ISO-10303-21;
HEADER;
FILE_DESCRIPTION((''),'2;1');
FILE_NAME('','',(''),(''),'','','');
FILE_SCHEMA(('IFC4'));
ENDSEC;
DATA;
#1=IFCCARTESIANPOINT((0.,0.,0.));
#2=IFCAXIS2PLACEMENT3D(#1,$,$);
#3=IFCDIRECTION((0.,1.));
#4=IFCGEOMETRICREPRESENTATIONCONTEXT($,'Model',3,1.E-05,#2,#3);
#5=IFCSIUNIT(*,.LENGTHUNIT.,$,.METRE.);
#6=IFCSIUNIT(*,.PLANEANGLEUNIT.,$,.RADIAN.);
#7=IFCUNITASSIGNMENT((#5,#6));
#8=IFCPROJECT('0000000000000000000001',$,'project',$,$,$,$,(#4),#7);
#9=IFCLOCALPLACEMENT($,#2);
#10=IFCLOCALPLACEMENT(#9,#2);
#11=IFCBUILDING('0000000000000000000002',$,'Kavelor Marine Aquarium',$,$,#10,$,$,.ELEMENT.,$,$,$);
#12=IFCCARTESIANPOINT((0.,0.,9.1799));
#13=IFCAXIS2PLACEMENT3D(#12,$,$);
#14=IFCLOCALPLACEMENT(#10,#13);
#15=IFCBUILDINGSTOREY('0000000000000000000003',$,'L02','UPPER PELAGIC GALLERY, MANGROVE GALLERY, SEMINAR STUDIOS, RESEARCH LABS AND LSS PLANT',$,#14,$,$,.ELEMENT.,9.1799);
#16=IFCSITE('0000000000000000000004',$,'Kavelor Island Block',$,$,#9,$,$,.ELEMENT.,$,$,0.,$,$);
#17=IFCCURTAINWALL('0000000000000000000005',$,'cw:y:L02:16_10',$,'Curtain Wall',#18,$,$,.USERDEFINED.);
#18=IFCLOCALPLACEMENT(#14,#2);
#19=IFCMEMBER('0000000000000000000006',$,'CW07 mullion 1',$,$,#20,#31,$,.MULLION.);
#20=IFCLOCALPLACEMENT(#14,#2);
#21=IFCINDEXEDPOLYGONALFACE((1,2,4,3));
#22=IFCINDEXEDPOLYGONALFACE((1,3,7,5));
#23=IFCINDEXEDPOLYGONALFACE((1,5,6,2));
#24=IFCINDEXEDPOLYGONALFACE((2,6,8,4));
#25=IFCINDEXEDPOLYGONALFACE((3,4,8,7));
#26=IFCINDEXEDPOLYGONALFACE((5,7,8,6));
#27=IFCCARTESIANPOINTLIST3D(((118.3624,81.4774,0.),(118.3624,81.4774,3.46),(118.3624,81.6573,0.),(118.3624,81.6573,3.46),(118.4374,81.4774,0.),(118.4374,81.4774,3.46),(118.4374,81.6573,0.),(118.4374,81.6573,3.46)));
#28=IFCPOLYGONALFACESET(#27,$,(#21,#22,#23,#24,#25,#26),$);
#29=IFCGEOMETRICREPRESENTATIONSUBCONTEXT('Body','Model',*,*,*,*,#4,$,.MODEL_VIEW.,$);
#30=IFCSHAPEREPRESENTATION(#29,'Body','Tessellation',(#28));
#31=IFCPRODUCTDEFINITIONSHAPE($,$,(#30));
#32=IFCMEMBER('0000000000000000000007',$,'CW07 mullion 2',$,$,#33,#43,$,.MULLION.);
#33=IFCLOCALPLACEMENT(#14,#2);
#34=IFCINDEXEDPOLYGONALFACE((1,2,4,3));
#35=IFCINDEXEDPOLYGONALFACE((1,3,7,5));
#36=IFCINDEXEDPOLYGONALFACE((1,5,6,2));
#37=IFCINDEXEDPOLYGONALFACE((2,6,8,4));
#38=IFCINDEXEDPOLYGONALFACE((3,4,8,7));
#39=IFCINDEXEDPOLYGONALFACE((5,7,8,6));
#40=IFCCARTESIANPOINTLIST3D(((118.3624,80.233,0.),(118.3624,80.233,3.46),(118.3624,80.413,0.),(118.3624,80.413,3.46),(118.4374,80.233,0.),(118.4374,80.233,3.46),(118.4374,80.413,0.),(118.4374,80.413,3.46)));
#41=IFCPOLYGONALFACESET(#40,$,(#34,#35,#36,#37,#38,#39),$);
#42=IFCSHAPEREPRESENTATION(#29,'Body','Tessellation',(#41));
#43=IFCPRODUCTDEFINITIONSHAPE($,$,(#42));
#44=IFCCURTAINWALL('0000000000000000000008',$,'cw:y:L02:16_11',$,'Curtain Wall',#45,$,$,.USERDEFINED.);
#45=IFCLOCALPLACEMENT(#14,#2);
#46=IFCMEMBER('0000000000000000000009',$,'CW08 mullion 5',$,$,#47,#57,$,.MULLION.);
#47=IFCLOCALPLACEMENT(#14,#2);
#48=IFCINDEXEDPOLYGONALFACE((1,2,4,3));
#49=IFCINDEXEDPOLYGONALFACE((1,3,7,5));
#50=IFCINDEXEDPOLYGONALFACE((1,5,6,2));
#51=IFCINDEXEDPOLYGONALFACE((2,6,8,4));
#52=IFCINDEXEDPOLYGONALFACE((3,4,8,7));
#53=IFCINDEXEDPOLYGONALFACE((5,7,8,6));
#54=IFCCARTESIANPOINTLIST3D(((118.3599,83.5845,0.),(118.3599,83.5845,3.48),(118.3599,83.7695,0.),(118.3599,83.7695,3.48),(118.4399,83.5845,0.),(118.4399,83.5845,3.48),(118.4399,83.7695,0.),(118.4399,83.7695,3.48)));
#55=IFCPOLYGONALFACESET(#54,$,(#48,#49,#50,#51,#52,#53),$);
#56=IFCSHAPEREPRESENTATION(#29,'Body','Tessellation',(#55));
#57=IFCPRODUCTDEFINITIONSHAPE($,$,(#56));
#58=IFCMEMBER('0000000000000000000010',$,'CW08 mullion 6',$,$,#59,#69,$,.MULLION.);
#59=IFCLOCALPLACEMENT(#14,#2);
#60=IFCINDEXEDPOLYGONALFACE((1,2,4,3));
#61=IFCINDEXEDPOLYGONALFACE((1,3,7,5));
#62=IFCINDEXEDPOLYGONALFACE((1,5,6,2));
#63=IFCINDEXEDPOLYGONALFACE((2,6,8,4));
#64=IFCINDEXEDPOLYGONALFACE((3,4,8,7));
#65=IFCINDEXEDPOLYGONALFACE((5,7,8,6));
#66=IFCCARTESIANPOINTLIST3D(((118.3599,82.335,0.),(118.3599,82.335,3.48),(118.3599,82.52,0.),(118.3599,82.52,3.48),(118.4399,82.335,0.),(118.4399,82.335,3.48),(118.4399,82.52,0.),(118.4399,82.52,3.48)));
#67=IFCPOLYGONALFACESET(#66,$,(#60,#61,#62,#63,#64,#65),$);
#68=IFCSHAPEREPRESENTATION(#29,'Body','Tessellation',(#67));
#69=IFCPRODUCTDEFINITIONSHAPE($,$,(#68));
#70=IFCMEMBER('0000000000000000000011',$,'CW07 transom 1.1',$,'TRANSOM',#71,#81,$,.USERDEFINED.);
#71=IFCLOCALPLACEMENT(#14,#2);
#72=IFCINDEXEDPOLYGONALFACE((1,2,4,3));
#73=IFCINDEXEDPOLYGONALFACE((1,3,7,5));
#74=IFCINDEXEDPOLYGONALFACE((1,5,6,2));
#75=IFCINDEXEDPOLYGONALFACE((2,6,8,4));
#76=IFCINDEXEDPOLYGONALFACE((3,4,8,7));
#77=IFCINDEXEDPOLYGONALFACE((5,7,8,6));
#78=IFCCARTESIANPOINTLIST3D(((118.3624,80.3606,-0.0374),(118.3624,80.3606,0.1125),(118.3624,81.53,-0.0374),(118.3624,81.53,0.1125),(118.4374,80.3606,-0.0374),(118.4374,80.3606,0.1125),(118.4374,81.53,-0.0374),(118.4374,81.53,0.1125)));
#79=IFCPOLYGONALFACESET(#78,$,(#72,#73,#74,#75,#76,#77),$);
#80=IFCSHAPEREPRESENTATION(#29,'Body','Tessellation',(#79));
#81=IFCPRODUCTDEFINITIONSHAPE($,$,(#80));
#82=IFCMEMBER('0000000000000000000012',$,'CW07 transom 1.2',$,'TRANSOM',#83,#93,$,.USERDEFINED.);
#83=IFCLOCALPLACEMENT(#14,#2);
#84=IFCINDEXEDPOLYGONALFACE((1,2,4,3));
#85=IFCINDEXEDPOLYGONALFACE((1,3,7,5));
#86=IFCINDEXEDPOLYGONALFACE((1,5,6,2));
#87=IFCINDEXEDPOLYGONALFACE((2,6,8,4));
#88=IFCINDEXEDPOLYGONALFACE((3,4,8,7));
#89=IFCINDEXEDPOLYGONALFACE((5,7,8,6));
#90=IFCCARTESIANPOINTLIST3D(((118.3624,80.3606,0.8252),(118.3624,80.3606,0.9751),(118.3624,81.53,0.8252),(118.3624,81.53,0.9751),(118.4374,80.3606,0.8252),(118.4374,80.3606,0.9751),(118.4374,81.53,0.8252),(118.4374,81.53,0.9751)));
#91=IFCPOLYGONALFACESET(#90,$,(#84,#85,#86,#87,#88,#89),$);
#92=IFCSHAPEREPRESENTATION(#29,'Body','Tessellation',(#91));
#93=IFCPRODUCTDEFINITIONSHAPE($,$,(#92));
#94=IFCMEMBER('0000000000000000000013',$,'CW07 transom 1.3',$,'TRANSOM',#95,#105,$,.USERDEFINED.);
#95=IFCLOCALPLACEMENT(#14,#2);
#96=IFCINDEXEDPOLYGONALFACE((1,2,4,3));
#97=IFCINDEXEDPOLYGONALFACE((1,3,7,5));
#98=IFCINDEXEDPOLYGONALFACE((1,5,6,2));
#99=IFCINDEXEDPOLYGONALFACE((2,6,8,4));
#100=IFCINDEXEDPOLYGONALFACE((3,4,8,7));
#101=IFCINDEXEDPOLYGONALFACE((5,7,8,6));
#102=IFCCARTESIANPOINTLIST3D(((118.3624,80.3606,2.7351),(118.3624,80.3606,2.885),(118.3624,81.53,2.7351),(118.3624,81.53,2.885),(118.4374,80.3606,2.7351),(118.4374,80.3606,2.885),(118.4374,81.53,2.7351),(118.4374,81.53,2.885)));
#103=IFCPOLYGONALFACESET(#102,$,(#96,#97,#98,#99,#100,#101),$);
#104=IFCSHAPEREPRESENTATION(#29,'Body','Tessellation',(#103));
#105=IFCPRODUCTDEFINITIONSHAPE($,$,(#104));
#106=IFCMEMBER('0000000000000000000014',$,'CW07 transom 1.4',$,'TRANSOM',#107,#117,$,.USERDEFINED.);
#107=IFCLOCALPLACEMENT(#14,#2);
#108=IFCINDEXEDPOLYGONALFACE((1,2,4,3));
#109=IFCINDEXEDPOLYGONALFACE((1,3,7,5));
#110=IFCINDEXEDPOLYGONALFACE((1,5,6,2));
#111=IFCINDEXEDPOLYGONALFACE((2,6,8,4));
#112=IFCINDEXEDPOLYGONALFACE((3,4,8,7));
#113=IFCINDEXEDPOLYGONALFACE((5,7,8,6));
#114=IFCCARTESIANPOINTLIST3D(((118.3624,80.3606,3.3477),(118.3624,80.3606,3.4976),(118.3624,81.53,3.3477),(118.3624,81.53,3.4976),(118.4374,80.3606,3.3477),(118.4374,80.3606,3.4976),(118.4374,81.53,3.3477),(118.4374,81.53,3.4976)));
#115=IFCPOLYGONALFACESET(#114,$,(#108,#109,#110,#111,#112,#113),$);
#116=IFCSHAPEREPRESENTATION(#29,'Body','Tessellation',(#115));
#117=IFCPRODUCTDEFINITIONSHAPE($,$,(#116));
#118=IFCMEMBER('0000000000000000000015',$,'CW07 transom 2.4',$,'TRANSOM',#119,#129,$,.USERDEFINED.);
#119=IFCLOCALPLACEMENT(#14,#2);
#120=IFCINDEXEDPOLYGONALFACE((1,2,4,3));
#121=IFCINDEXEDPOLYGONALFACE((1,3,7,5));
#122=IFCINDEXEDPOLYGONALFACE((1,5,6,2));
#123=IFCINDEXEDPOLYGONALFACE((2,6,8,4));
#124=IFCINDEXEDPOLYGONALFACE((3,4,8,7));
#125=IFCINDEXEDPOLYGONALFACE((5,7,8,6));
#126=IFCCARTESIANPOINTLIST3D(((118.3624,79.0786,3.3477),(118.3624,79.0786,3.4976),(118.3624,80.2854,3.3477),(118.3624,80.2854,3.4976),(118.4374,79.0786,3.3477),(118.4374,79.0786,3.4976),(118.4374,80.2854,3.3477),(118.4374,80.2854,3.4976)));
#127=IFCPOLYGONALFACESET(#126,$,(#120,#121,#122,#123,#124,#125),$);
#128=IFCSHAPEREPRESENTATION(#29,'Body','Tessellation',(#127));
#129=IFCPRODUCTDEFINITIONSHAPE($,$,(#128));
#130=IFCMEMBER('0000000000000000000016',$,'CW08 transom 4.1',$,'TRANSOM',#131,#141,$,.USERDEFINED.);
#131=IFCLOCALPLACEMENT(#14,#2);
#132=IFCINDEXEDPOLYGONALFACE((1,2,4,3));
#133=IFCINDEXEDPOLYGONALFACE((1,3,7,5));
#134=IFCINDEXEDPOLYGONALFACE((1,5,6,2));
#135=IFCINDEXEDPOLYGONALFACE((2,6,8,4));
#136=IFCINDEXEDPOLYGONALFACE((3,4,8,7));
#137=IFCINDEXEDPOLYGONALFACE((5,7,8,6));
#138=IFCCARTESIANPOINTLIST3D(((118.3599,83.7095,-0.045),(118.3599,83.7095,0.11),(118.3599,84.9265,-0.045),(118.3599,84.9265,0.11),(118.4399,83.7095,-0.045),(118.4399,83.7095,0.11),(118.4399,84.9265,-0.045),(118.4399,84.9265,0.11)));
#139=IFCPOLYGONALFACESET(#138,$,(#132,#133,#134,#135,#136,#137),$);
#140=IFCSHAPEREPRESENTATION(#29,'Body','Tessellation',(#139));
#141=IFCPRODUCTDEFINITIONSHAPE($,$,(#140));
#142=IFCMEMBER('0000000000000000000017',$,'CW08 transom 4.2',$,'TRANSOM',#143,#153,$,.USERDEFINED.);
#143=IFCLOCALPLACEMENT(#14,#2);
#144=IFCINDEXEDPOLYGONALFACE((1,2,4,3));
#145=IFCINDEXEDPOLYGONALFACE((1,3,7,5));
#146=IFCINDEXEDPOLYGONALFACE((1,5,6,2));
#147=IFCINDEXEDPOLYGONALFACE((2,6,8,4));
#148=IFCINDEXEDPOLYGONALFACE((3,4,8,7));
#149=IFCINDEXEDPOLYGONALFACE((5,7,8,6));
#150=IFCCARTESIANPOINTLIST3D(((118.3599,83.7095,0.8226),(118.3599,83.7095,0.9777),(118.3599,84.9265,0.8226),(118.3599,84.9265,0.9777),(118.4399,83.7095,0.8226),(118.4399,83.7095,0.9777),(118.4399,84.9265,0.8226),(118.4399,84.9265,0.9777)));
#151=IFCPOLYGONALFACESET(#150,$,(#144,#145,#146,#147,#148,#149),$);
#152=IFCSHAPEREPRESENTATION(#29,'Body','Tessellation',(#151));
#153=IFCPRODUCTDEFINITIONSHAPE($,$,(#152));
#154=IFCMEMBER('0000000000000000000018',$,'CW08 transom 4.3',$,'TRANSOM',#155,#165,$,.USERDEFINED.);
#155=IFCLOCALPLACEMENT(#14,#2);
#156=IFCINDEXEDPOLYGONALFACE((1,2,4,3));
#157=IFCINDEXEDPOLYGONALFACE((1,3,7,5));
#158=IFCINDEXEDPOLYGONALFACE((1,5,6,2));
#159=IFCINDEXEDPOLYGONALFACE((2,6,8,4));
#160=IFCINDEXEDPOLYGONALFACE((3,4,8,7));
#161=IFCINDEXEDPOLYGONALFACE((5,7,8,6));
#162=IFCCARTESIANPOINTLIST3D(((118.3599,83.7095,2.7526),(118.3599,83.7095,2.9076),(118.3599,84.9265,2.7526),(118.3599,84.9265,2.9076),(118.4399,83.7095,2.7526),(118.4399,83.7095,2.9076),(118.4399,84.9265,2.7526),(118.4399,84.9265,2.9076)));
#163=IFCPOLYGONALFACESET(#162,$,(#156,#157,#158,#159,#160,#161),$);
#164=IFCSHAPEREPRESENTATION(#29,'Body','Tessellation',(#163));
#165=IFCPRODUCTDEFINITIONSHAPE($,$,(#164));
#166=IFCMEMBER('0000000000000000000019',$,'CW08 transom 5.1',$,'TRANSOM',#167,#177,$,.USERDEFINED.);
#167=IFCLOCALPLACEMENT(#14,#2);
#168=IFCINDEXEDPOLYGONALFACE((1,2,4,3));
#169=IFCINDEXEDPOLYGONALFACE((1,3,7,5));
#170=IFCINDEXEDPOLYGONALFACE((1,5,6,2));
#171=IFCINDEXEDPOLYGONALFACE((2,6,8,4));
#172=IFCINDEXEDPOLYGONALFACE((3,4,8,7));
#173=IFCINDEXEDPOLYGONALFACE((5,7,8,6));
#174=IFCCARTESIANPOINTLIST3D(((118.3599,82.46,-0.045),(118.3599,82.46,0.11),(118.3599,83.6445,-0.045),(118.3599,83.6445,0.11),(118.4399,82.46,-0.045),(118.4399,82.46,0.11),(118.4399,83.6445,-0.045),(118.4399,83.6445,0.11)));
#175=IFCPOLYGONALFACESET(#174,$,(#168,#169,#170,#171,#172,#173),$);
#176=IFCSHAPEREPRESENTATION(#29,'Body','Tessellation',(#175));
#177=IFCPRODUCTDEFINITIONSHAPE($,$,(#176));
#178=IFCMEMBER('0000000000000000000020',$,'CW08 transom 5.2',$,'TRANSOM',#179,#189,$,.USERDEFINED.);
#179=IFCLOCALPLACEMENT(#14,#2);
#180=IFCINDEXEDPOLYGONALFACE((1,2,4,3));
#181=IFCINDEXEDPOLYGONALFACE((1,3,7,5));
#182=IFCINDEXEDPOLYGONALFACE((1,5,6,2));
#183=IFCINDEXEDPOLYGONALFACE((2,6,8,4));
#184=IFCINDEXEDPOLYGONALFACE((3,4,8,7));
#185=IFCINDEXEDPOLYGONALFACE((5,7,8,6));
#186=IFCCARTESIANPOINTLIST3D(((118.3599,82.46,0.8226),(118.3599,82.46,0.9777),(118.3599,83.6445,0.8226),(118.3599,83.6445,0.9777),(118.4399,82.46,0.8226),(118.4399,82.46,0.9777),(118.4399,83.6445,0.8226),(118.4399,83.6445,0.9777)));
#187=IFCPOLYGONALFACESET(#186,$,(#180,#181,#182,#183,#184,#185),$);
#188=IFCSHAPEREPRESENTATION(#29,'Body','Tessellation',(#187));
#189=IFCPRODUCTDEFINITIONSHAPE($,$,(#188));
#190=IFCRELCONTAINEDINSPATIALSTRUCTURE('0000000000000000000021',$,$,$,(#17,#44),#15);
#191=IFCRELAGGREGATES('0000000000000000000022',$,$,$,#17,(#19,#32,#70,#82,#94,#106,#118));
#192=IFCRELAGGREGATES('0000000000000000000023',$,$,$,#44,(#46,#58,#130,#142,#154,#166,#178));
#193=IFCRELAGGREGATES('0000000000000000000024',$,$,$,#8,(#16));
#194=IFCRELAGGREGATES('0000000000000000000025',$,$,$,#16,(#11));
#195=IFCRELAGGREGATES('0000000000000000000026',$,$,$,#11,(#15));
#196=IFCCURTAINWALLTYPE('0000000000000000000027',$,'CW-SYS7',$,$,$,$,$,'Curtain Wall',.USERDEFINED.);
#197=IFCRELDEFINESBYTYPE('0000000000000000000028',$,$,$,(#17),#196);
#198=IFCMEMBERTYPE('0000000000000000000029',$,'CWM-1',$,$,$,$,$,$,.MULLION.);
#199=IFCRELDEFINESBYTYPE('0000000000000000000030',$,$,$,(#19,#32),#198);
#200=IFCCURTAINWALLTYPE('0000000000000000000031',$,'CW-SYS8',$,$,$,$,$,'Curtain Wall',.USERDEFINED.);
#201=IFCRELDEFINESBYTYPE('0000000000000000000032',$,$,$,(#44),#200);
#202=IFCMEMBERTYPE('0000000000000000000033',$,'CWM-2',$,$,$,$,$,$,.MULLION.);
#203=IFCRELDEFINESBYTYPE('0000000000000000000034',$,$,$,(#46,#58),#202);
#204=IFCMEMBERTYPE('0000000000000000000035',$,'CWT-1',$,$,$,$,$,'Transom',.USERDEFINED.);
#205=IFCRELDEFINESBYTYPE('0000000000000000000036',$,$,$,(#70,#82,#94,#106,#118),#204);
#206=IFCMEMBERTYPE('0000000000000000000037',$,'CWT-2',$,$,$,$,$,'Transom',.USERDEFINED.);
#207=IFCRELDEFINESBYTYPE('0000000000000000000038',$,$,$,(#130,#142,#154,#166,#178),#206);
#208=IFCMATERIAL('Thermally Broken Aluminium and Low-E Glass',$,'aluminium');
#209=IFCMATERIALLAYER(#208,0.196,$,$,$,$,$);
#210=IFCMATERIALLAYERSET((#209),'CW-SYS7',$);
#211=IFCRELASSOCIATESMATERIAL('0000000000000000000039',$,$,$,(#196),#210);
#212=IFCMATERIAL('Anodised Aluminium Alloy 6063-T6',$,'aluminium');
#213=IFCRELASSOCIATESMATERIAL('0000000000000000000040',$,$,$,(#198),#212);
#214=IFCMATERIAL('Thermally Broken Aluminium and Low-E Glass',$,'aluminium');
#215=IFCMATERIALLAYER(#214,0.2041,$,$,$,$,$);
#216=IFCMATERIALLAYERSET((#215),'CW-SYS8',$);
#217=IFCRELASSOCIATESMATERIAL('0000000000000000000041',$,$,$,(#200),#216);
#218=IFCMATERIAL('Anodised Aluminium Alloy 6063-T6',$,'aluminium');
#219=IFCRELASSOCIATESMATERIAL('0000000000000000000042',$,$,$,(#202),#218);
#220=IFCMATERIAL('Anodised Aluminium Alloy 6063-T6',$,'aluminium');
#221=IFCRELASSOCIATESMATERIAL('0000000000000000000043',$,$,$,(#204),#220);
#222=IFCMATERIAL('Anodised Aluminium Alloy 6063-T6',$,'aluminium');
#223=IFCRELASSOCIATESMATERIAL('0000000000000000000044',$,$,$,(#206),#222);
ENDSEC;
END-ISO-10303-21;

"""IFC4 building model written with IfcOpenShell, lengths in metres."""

from ifc_helpers import new_model, si_unit, direction, frame, origin, origin_2d, place, context, subcontext, project, spatial, rectangle, extrude, material, layer, layer_set, material_profile, profile_set, type_object, element, aggregate, save


model = new_model("IFC4")

# Units and contexts
model_context = context("Model", 3, precision=1e-05, world=origin(), true_north=direction((0.0, 1.0)))
body_context = subcontext(model_context, "Body", "Model", "MODEL_VIEW")
ifc_project = project(units=[si_unit("LENGTHUNIT", "METRE"), si_unit("PLANEANGLEUNIT", "RADIAN")], contexts=[model_context])

# Site, building, storey
site_placement = place(None, origin())
site = spatial("IfcSite", under=ifc_project, at=site_placement, Name="Kavelor Island Block", CompositionType="ELEMENT", RefElevation=0.0)
building_placement = place(site_placement, origin())
building = spatial("IfcBuilding", under=site, at=building_placement, Name="Kavelor Marine Aquarium", CompositionType="ELEMENT")
storey_placement = place(building_placement, frame((0.0, 0.0, 9.1799)))
storey = spatial("IfcBuildingStorey", under=building, at=storey_placement, Name="L02", Description="UPPER PELAGIC GALLERY, MANGROVE GALLERY, SEMINAR STUDIOS, RESEARCH LABS AND LSS PLANT", CompositionType="ELEMENT", Elevation=9.1799)

# Curtain walls, members
ifc_material_1 = material(Name="Thermally Broken Aluminium and Low-E Glass", Category="aluminium")
ifc_layer_1 = layer(ifc_material_1, 0.196)
ifc_layer_set_1 = layer_set([ifc_layer_1], Name="CW-SYS7")
curtain_wall_type_1 = type_object("IfcCurtainWallType", Name="CW-SYS7", ElementType="Curtain Wall", PredefinedType="USERDEFINED", material=ifc_layer_set_1)
curtain_wall_1_placement = place(storey_placement, origin())
curtain_wall_1 = element("IfcCurtainWall", 1, at=curtain_wall_1_placement, inside=storey, type_object=curtain_wall_type_1, Name="cw:y:L02:16_10", ObjectType="Curtain Wall", PredefinedType="USERDEFINED")
ifc_material_2 = material(Name="Anodised Aluminium Alloy 6063-T6", Category="aluminium")
ifc_material_profile_1 = material_profile(ifc_material_2, rectangle(XDim=0.075, YDim=0.1799, at=origin_2d()), Name="CW-MUL 75x180")
ifc_profile_set_1 = profile_set([ifc_material_profile_1], Name="Anodised Aluminium Alloy 6063-T6")
member_type_1 = type_object("IfcMemberType", Name="CWM-1", PredefinedType="MULLION", material=ifc_profile_set_1)
member_1_placement = place(storey_placement, frame((118.3999, 81.5674, 0.0), z_axis=(0.0, 0.0, 1.0), x_axis=(1.0, 0.0, 0.0)))
member_1 = element("IfcMember", 2, at=member_1_placement, type_object=member_type_1, Name="CW07 mullion 1", PredefinedType="MULLION", context=body_context, shape_type="SweptSolid", body=[
    extrude(rectangle(XDim=0.075, YDim=0.1799, at=origin_2d()), origin(), (0.0, 0.0, 1.0), 3.46),
])
member_2_placement = place(storey_placement, frame((118.3999, 80.323, 0.0), z_axis=(0.0, 0.0, 1.0), x_axis=(1.0, 0.0, 0.0)))
member_2 = element("IfcMember", 3, at=member_2_placement, type_object=member_type_1, Name="CW07 mullion 2", PredefinedType="MULLION", context=body_context, shape_type="SweptSolid", body=[
    extrude(rectangle(XDim=0.075, YDim=0.1799, at=origin_2d()), origin(), (0.0, 0.0, 1.0), 3.46),
])
ifc_material_3 = material(Name="Thermally Broken Aluminium and Low-E Glass", Category="aluminium")
ifc_layer_2 = layer(ifc_material_3, 0.2041)
ifc_layer_set_2 = layer_set([ifc_layer_2], Name="CW-SYS8")
curtain_wall_type_2 = type_object("IfcCurtainWallType", Name="CW-SYS8", ElementType="Curtain Wall", PredefinedType="USERDEFINED", material=ifc_layer_set_2)
curtain_wall_2_placement = place(storey_placement, origin())
curtain_wall_2 = element("IfcCurtainWall", 4, at=curtain_wall_2_placement, inside=storey, type_object=curtain_wall_type_2, Name="cw:y:L02:16_11", ObjectType="Curtain Wall", PredefinedType="USERDEFINED")
ifc_material_4 = material(Name="Anodised Aluminium Alloy 6063-T6", Category="aluminium")
ifc_material_profile_2 = material_profile(ifc_material_4, rectangle(XDim=0.0801, YDim=0.1851, at=origin_2d()), Name="CW-MUL 80x185")
ifc_profile_set_2 = profile_set([ifc_material_profile_2], Name="Anodised Aluminium Alloy 6063-T6")
member_type_2 = type_object("IfcMemberType", Name="CWM-2", PredefinedType="MULLION", material=ifc_profile_set_2)
member_3_placement = place(storey_placement, frame((118.3999, 83.677, 0.0), z_axis=(0.0, 0.0, 1.0), x_axis=(1.0, 0.0, 0.0)))
member_3 = element("IfcMember", 5, at=member_3_placement, type_object=member_type_2, Name="CW08 mullion 5", PredefinedType="MULLION", context=body_context, shape_type="SweptSolid", body=[
    extrude(rectangle(XDim=0.0801, YDim=0.1851, at=origin_2d()), origin(), (0.0, 0.0, 1.0), 3.48),
])
member_4_placement = place(storey_placement, frame((118.3999, 82.4275, 0.0), z_axis=(0.0, 0.0, 1.0), x_axis=(1.0, 0.0, 0.0)))
member_4 = element("IfcMember", 6, at=member_4_placement, type_object=member_type_2, Name="CW08 mullion 6", PredefinedType="MULLION", context=body_context, shape_type="SweptSolid", body=[
    extrude(rectangle(XDim=0.0801, YDim=0.1851, at=origin_2d()), origin(), (0.0, 0.0, 1.0), 3.48),
])

# Members
ifc_material_5 = material(Name="Anodised Aluminium Alloy 6063-T6", Category="aluminium")
ifc_material_profile_3 = material_profile(ifc_material_5, rectangle(XDim=0.075, YDim=0.1499, at=origin_2d()), Name="CW-TRN 75x150")
ifc_profile_set_3 = profile_set([ifc_material_profile_3], Name="Anodised Aluminium Alloy 6063-T6")
member_type_3 = type_object("IfcMemberType", Name="CWT-1", ElementType="Transom", PredefinedType="USERDEFINED", material=ifc_profile_set_3)
member_5_placement = place(storey_placement, frame((118.3999, 81.53, 0.0376), z_axis=(0.0, -1.0, 0.0), x_axis=(1.0, 0.0, 0.0)))
member_5 = element("IfcMember", 7, at=member_5_placement, type_object=member_type_3, Name="CW07 transom 1.1", ObjectType="TRANSOM", PredefinedType="USERDEFINED", context=body_context, shape_type="SweptSolid", body=[
    extrude(rectangle(XDim=0.075, YDim=0.1499, at=origin_2d()), origin(), (0.0, 0.0, 1.0), 1.1694),
])
member_6_placement = place(storey_placement, frame((118.3999, 81.53, 0.9001), z_axis=(0.0, -1.0, 0.0), x_axis=(1.0, 0.0, 0.0)))
member_6 = element("IfcMember", 8, at=member_6_placement, type_object=member_type_3, Name="CW07 transom 1.2", ObjectType="TRANSOM", PredefinedType="USERDEFINED", context=body_context, shape_type="SweptSolid", body=[
    extrude(rectangle(XDim=0.075, YDim=0.1499, at=origin_2d()), origin(), (0.0, 0.0, 1.0), 1.1694),
])
member_7_placement = place(storey_placement, frame((118.3999, 81.53, 2.8101), z_axis=(0.0, -1.0, 0.0), x_axis=(1.0, 0.0, 0.0)))
member_7 = element("IfcMember", 9, at=member_7_placement, type_object=member_type_3, Name="CW07 transom 1.3", ObjectType="TRANSOM", PredefinedType="USERDEFINED", context=body_context, shape_type="SweptSolid", body=[
    extrude(rectangle(XDim=0.075, YDim=0.1499, at=origin_2d()), origin(), (0.0, 0.0, 1.0), 1.1694),
])
member_8_placement = place(storey_placement, frame((118.3999, 81.53, 3.4226), z_axis=(0.0, -1.0, 0.0), x_axis=(1.0, 0.0, 0.0)))
member_8 = element("IfcMember", 10, at=member_8_placement, type_object=member_type_3, Name="CW07 transom 1.4", ObjectType="TRANSOM", PredefinedType="USERDEFINED", context=body_context, shape_type="SweptSolid", body=[
    extrude(rectangle(XDim=0.075, YDim=0.1499, at=origin_2d()), origin(), (0.0, 0.0, 1.0), 1.1694),
])
member_9_placement = place(storey_placement, frame((118.3999, 80.2854, 3.4226), z_axis=(0.0, -1.0, 0.0), x_axis=(1.0, 0.0, 0.0)))
member_9 = element("IfcMember", 11, at=member_9_placement, type_object=member_type_3, Name="CW07 transom 2.4", ObjectType="TRANSOM", PredefinedType="USERDEFINED", context=body_context, shape_type="SweptSolid", body=[
    extrude(rectangle(XDim=0.075, YDim=0.1499, at=origin_2d()), origin(), (0.0, 0.0, 1.0), 1.2068),
])
ifc_material_6 = material(Name="Anodised Aluminium Alloy 6063-T6", Category="aluminium")
ifc_material_profile_4 = material_profile(ifc_material_6, rectangle(XDim=0.0801, YDim=0.155, at=origin_2d()), Name="CW-TRN 80x155")
ifc_profile_set_4 = profile_set([ifc_material_profile_4], Name="Anodised Aluminium Alloy 6063-T6")
member_type_4 = type_object("IfcMemberType", Name="CWT-2", ElementType="Transom", PredefinedType="USERDEFINED", material=ifc_profile_set_4)
member_10_placement = place(storey_placement, frame((118.3999, 84.9265, 0.0325), z_axis=(0.0, -1.0, 0.0), x_axis=(1.0, 0.0, 0.0)))
member_10 = element("IfcMember", 12, at=member_10_placement, type_object=member_type_4, Name="CW08 transom 4.1", ObjectType="TRANSOM", PredefinedType="USERDEFINED", context=body_context, shape_type="SweptSolid", body=[
    extrude(rectangle(XDim=0.0801, YDim=0.155, at=origin_2d()), origin(), (0.0, 0.0, 1.0), 1.217),
])
member_11_placement = place(storey_placement, frame((118.3999, 84.9265, 0.9001), z_axis=(0.0, -1.0, 0.0), x_axis=(1.0, 0.0, 0.0)))
member_11 = element("IfcMember", 13, at=member_11_placement, type_object=member_type_4, Name="CW08 transom 4.2", ObjectType="TRANSOM", PredefinedType="USERDEFINED", context=body_context, shape_type="SweptSolid", body=[
    extrude(rectangle(XDim=0.0801, YDim=0.155, at=origin_2d()), origin(), (0.0, 0.0, 1.0), 1.217),
])
member_12_placement = place(storey_placement, frame((118.3999, 84.9265, 2.8301), z_axis=(0.0, -1.0, 0.0), x_axis=(1.0, 0.0, 0.0)))
member_12 = element("IfcMember", 14, at=member_12_placement, type_object=member_type_4, Name="CW08 transom 4.3", ObjectType="TRANSOM", PredefinedType="USERDEFINED", context=body_context, shape_type="SweptSolid", body=[
    extrude(rectangle(XDim=0.0801, YDim=0.155, at=origin_2d()), origin(), (0.0, 0.0, 1.0), 1.217),
])
member_13_placement = place(storey_placement, frame((118.3999, 83.6445, 0.0325), z_axis=(0.0, -1.0, 0.0), x_axis=(1.0, 0.0, 0.0)))
member_13 = element("IfcMember", 15, at=member_13_placement, type_object=member_type_4, Name="CW08 transom 5.1", ObjectType="TRANSOM", PredefinedType="USERDEFINED", context=body_context, shape_type="SweptSolid", body=[
    extrude(rectangle(XDim=0.0801, YDim=0.155, at=origin_2d()), origin(), (0.0, 0.0, 1.0), 1.1846),
])
member_14_placement = place(storey_placement, frame((118.3999, 83.6445, 0.9001), z_axis=(0.0, -1.0, 0.0), x_axis=(1.0, 0.0, 0.0)))
member_14 = element("IfcMember", 16, at=member_14_placement, type_object=member_type_4, Name="CW08 transom 5.2", ObjectType="TRANSOM", PredefinedType="USERDEFINED", context=body_context, shape_type="SweptSolid", body=[
    extrude(rectangle(XDim=0.0801, YDim=0.155, at=origin_2d()), origin(), (0.0, 0.0, 1.0), 1.1846),
])

aggregate(curtain_wall_1, [member_1, member_2, member_5, member_6, member_7, member_8, member_9])
aggregate(curtain_wall_2, [member_3, member_4, member_10, member_11, member_12, member_13, member_14])

save(model, "model.ifc")
